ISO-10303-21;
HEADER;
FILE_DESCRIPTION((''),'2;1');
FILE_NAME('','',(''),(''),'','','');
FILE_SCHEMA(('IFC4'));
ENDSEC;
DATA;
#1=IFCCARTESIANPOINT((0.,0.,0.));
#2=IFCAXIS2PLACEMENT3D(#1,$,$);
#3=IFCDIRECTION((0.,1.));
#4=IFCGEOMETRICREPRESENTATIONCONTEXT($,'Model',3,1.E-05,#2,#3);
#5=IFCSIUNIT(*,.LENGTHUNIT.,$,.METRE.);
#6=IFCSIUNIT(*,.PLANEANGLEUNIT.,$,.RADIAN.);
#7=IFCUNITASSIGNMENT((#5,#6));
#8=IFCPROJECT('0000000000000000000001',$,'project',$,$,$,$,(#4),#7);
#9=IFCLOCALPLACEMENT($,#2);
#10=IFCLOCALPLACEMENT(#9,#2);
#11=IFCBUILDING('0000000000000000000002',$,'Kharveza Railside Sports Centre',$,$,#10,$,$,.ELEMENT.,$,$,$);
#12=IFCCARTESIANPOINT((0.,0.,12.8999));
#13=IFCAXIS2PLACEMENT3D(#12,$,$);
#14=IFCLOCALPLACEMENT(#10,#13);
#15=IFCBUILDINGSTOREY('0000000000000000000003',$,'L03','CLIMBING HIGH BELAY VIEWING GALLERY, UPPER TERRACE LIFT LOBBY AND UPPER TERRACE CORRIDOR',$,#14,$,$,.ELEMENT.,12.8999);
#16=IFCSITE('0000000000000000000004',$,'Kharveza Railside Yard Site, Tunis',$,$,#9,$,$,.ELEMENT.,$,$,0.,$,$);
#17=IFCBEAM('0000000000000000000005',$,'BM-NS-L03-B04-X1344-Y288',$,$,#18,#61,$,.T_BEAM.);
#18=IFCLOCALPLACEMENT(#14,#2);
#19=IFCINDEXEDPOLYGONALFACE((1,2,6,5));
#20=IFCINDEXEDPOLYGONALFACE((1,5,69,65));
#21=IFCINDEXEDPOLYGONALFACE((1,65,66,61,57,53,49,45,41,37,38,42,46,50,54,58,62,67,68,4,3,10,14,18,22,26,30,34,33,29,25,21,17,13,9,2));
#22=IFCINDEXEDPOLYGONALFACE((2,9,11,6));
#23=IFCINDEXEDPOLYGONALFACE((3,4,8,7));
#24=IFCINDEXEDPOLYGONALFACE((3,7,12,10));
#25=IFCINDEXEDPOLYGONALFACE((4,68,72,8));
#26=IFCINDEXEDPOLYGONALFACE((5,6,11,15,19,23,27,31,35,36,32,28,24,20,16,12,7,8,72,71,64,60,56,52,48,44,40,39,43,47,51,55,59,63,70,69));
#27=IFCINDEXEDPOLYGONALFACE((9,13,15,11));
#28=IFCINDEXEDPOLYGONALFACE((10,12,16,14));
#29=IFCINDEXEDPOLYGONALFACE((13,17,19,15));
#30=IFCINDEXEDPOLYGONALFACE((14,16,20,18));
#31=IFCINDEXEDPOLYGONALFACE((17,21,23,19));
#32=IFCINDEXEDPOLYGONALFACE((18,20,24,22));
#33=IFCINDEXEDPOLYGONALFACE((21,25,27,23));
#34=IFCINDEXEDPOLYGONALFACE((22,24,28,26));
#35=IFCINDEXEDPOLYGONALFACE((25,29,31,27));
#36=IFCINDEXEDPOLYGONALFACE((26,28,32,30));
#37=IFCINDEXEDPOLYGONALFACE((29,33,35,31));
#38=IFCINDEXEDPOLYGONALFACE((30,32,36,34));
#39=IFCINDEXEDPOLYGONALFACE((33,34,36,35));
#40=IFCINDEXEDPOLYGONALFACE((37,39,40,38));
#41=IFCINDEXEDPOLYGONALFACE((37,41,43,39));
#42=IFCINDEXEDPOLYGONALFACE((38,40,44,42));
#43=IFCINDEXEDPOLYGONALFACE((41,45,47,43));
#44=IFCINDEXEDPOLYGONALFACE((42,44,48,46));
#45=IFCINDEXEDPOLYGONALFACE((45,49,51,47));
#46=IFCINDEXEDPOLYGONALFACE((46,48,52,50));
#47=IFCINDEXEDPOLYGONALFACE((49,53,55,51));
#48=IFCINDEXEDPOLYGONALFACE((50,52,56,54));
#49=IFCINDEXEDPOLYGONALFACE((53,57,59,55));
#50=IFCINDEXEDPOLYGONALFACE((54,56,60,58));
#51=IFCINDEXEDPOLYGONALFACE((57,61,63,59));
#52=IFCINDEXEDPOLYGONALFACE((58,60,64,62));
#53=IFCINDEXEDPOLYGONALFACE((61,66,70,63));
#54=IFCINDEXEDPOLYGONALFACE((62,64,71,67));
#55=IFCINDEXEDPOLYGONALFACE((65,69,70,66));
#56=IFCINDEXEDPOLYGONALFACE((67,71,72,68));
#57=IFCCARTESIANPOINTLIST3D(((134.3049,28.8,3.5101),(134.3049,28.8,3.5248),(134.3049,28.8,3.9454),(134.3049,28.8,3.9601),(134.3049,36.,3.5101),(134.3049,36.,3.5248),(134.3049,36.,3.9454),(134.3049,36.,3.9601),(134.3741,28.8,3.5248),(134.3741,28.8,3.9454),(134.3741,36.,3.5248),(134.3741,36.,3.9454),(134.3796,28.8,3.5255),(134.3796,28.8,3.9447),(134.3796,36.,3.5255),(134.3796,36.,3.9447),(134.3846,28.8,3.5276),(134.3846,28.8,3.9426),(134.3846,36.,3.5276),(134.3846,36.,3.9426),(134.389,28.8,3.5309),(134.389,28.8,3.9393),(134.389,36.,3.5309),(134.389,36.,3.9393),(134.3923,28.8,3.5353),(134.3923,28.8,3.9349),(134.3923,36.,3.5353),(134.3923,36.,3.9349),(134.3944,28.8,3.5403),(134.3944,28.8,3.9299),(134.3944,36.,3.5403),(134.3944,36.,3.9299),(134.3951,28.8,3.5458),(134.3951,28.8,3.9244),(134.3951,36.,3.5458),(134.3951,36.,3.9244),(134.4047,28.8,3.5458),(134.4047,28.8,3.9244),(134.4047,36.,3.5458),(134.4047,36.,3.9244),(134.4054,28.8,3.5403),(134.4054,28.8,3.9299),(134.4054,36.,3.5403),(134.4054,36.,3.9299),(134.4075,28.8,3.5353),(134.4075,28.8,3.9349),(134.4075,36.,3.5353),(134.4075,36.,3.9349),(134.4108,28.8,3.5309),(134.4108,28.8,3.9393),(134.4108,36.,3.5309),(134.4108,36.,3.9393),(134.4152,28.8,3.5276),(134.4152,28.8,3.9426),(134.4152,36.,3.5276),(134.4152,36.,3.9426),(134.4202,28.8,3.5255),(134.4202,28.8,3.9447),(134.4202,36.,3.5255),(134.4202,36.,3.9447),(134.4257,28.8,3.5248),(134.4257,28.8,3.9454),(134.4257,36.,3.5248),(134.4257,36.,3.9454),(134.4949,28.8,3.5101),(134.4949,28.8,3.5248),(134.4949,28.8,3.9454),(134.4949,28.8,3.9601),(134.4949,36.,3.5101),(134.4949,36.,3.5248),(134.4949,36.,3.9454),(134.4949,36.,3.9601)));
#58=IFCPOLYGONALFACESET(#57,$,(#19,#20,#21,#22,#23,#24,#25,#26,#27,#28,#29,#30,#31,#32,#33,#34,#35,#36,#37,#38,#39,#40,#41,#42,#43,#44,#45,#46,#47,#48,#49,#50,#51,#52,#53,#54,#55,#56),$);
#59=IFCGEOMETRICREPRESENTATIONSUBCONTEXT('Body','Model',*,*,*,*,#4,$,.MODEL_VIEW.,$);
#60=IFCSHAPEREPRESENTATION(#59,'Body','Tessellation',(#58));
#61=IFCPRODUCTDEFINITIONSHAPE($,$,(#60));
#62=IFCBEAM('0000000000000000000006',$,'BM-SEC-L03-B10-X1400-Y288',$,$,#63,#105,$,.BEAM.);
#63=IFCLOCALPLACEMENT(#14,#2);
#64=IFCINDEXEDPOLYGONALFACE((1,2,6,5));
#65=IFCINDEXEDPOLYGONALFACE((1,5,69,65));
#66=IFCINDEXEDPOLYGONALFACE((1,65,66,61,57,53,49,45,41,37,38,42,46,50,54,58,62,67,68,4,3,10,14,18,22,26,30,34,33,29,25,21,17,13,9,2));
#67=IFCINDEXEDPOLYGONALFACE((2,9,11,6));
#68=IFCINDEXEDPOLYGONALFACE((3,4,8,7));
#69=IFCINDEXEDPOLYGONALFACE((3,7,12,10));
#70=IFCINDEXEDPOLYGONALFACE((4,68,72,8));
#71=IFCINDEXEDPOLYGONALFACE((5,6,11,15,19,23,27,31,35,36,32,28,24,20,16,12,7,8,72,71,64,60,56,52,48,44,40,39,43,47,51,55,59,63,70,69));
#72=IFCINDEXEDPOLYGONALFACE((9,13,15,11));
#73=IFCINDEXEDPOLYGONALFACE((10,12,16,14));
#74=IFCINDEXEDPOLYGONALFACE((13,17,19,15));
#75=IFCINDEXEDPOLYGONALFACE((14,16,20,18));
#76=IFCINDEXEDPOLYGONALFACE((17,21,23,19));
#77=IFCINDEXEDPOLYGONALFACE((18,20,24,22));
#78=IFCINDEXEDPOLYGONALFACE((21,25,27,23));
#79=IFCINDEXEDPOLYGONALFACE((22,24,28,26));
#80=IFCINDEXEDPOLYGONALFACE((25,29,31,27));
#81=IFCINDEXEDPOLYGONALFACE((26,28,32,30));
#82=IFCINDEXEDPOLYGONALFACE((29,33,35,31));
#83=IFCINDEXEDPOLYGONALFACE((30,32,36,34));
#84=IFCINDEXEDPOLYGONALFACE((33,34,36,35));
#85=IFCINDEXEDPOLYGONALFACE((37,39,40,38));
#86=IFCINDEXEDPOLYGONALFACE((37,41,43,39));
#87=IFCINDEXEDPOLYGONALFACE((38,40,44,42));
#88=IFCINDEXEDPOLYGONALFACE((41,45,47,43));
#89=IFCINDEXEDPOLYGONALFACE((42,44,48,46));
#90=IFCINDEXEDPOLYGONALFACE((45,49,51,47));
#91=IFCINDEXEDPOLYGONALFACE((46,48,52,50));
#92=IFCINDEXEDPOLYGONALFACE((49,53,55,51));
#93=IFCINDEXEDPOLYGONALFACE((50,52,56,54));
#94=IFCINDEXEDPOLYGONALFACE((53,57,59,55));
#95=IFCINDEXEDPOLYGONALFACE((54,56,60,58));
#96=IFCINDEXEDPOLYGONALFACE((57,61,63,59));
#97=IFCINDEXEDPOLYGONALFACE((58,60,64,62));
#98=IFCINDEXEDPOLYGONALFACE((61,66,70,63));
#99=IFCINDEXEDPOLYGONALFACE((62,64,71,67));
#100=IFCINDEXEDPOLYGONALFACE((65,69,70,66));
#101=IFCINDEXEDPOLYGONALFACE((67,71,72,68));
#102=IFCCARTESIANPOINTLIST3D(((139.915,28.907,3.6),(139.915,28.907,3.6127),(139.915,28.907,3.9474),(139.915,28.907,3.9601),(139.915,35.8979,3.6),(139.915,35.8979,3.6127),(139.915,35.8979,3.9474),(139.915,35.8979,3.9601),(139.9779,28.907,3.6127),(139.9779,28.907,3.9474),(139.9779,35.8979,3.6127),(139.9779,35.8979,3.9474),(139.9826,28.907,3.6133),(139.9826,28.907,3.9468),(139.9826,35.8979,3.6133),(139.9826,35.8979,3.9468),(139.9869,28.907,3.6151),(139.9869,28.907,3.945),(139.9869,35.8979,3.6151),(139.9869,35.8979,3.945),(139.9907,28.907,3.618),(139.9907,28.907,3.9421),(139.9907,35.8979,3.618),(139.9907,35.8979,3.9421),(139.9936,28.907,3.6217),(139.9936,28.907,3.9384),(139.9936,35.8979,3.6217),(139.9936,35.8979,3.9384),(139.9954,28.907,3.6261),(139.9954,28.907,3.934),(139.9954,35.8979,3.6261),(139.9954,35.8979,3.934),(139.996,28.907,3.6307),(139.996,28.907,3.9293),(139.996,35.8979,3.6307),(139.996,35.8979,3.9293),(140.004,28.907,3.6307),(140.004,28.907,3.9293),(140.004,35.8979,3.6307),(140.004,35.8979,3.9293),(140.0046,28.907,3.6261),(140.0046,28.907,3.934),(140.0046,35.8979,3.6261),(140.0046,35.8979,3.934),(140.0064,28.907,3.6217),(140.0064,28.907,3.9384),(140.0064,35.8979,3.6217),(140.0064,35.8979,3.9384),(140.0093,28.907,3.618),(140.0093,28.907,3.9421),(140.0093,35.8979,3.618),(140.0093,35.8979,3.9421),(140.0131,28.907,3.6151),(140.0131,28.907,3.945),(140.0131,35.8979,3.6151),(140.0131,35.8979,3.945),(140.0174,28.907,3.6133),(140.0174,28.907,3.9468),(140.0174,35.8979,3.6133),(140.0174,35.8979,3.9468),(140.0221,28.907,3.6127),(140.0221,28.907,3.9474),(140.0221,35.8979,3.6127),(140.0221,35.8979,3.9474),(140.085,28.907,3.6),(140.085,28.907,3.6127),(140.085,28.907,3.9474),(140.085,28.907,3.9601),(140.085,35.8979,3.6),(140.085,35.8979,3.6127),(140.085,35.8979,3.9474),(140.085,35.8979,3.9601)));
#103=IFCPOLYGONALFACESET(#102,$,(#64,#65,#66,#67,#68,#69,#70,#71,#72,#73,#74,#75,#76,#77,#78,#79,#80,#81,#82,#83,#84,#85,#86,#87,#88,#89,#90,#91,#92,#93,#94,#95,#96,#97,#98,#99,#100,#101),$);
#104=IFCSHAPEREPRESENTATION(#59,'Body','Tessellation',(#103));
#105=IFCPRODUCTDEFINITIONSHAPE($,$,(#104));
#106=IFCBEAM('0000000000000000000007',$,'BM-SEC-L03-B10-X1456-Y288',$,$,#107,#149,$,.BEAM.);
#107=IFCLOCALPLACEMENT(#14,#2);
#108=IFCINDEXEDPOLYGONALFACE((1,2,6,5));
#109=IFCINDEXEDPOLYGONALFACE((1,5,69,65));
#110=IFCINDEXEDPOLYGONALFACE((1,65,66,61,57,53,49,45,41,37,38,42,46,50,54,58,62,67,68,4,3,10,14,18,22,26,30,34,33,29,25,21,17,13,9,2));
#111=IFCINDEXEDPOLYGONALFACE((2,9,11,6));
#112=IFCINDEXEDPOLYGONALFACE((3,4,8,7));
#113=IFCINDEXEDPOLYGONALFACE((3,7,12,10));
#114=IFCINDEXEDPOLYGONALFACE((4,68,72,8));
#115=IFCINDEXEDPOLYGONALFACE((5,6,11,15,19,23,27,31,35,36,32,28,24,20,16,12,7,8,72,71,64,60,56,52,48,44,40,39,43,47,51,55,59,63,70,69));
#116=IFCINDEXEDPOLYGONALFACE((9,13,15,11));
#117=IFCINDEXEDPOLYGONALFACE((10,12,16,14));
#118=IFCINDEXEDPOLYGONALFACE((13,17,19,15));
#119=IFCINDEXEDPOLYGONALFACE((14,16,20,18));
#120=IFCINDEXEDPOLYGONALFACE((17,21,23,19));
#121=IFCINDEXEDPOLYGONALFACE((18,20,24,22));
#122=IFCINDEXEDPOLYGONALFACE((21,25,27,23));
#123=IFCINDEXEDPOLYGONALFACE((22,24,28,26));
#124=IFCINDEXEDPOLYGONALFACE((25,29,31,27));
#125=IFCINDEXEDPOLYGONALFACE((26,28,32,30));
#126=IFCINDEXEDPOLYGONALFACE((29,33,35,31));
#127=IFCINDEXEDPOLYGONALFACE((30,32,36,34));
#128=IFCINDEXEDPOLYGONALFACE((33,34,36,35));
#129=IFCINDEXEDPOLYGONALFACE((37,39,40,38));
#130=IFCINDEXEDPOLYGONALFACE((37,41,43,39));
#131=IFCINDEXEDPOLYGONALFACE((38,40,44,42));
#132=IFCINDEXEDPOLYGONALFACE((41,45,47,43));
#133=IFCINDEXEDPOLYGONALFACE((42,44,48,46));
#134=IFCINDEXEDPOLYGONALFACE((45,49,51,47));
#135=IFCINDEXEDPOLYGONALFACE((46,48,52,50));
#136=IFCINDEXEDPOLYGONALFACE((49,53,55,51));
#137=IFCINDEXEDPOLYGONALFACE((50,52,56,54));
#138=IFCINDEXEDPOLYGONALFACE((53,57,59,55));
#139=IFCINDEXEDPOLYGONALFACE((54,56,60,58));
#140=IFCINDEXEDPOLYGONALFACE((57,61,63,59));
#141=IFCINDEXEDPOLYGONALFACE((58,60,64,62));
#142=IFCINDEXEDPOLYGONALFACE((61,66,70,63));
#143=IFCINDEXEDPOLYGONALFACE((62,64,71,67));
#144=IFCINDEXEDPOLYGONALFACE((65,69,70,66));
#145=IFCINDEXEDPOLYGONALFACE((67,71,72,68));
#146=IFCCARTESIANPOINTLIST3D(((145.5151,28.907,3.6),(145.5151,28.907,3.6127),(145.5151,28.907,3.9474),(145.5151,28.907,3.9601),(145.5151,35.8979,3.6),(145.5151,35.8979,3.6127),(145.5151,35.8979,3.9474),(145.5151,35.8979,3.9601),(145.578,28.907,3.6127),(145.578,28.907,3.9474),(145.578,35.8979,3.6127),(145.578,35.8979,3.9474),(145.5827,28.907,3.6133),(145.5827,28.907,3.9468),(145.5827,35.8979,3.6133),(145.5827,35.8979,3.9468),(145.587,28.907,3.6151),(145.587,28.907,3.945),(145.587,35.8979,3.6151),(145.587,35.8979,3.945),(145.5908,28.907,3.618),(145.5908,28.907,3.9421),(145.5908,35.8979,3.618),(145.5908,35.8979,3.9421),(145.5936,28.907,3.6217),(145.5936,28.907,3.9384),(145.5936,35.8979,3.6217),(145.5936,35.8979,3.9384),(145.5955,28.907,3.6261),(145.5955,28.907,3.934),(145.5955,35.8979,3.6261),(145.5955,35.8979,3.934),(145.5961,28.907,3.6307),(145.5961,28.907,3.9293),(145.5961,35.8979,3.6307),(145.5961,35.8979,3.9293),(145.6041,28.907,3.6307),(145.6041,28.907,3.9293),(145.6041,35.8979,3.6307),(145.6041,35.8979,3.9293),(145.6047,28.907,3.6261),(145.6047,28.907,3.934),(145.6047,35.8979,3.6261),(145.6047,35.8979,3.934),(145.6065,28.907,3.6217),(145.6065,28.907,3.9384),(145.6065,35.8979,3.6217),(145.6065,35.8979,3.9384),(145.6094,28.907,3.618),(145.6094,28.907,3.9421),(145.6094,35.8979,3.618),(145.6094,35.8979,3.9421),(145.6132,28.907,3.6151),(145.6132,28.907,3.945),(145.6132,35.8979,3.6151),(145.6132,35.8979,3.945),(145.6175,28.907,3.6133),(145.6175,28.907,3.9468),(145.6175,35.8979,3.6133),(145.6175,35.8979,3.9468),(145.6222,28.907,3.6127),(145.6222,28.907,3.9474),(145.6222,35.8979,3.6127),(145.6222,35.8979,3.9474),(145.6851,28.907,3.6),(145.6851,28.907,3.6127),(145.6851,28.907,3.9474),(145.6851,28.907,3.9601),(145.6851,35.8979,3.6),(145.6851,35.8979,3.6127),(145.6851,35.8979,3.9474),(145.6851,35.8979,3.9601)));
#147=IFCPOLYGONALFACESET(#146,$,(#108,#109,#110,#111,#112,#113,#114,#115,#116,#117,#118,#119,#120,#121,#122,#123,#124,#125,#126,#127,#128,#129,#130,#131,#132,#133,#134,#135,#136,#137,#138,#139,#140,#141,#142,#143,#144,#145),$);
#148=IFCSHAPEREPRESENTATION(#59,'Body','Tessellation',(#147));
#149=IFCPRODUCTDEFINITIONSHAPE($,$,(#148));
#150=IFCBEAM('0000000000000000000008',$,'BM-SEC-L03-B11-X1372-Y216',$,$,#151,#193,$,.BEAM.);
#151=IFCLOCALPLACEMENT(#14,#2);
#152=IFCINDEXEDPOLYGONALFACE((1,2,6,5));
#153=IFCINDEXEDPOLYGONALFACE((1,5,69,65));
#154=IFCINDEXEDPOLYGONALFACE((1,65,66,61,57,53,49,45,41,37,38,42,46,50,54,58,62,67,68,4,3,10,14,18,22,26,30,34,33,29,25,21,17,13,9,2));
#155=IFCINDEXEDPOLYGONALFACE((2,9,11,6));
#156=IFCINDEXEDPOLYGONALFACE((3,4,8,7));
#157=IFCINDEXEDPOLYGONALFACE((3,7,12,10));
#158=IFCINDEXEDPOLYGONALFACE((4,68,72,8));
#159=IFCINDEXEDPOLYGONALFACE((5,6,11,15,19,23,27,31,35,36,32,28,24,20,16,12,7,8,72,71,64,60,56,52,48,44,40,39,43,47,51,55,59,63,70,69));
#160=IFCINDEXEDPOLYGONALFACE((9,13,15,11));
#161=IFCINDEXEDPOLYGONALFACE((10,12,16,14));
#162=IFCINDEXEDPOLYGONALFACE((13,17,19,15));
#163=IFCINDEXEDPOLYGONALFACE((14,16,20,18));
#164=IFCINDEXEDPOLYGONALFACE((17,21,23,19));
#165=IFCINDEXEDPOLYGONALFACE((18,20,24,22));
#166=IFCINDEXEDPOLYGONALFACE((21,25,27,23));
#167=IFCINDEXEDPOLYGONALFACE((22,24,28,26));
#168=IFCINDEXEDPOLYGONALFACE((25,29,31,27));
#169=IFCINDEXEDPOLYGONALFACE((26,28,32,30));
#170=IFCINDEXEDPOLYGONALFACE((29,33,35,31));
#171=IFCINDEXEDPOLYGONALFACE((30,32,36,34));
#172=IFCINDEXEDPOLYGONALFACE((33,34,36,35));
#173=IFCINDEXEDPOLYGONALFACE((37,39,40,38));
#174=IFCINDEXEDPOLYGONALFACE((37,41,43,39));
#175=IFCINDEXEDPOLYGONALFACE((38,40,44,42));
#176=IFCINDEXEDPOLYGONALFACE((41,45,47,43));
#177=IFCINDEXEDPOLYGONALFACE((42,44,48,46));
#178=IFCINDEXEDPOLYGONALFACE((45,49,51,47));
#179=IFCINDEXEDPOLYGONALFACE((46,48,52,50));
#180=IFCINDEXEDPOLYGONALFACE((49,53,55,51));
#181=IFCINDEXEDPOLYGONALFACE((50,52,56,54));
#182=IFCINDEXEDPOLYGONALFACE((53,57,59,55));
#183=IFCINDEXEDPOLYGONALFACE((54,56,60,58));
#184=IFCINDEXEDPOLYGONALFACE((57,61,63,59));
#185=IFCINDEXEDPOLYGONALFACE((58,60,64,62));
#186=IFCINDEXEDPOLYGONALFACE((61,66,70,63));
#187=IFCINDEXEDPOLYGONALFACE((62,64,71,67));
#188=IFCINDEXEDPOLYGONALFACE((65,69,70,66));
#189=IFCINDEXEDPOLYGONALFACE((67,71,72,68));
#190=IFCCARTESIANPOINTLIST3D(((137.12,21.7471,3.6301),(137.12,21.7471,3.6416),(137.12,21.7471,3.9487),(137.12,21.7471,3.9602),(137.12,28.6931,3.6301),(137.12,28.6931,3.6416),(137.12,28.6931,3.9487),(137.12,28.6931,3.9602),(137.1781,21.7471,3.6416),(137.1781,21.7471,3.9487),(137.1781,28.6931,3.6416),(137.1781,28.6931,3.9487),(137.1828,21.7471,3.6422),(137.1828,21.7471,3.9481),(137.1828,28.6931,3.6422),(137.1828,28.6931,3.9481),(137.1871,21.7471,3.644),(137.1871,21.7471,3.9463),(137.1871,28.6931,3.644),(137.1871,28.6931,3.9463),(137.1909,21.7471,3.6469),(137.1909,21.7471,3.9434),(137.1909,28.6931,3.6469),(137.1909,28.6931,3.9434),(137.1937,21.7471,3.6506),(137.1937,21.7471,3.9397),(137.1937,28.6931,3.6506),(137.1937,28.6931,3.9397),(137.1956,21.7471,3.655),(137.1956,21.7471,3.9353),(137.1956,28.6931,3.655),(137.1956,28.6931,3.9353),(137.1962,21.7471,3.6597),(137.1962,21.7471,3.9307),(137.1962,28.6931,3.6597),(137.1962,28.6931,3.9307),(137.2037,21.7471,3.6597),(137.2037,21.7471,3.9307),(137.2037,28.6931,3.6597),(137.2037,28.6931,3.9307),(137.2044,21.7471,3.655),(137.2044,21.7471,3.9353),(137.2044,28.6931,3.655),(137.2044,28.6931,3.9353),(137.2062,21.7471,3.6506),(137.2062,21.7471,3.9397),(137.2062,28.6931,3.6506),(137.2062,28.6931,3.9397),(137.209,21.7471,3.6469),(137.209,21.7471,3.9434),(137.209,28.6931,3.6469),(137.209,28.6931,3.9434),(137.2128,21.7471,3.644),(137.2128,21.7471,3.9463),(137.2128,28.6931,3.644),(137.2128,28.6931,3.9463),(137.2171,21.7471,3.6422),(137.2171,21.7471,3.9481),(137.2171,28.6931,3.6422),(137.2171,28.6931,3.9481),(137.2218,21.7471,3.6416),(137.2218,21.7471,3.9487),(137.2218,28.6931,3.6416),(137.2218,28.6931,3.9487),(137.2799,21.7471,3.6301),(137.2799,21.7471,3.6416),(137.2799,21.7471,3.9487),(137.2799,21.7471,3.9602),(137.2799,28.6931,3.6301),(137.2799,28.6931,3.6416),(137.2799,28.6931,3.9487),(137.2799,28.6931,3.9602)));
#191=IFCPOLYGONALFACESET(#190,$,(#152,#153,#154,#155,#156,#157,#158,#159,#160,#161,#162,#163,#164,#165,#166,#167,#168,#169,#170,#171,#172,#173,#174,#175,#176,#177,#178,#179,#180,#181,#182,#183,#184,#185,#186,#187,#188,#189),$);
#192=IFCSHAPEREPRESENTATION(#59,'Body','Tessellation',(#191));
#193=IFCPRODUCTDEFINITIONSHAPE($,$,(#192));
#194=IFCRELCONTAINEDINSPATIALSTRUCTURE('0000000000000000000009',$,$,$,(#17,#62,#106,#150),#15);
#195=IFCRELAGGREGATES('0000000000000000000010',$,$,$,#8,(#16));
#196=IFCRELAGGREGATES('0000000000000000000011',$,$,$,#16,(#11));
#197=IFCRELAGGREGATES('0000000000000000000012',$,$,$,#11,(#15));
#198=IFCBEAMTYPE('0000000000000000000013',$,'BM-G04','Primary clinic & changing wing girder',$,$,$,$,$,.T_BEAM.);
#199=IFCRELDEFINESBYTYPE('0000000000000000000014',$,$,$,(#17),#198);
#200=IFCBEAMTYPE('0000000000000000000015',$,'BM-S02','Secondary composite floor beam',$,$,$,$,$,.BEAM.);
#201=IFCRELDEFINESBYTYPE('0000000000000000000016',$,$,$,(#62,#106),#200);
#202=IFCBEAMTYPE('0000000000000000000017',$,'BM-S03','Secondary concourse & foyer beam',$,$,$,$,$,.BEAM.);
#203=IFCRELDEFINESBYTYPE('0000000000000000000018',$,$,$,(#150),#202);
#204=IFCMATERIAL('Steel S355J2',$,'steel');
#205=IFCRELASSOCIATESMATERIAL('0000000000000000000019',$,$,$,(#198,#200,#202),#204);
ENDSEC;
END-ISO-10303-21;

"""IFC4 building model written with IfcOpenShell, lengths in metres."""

from ifc_helpers import new_model, si_unit, direction, frame, origin, origin_2d, place, context, subcontext, project, spatial, i_section, extrude, material, material_profile, profile_set, type_object, element, save


model = new_model("IFC4")

# Units and contexts
model_context = context("Model", 3, precision=1e-05, world=origin(), true_north=direction((0.0, 1.0)))
body_context = subcontext(model_context, "Body", "Model", "MODEL_VIEW")
ifc_project = project(units=[si_unit("LENGTHUNIT", "METRE"), si_unit("PLANEANGLEUNIT", "RADIAN")], contexts=[model_context])

# Site, building, storey
site_placement = place(None, origin())
site = spatial("IfcSite", under=ifc_project, at=site_placement, Name="Kharveza Railside Yard Site, Tunis", CompositionType="ELEMENT", RefElevation=0.0)
building_placement = place(site_placement, origin())
building = spatial("IfcBuilding", under=site, at=building_placement, Name="Kharveza Railside Sports Centre", CompositionType="ELEMENT")
storey_placement = place(building_placement, frame((0.0, 0.0, 12.8999)))
storey = spatial("IfcBuildingStorey", under=building, at=storey_placement, Name="L03", Description="CLIMBING HIGH BELAY VIEWING GALLERY, UPPER TERRACE LIFT LOBBY AND UPPER TERRACE CORRIDOR", CompositionType="ELEMENT", Elevation=12.8999)

# Shared definitions
ifc_material_1 = material(Name="Steel S355J2", Category="steel")

# Beams
ifc_material_profile_1 = material_profile(ifc_material_1, i_section(OverallWidth=0.1899, OverallDepth=0.45, WebThickness=0.0095, FlangeThickness=0.0146, FilletRadius=0.021, at=origin_2d()), Name="IPE 450")
ifc_profile_set_1 = profile_set([ifc_material_profile_1], Name="Steel S355J2")
beam_type_1 = type_object("IfcBeamType", Name="BM-G04", Description="Primary clinic & changing wing girder", PredefinedType="T_BEAM", material=ifc_profile_set_1)
beam_1_placement = place(storey_placement, frame((134.3999, 28.8, 3.7351), z_axis=(0.0, 1.0, 0.0), x_axis=(-1.0, 0.0, 0.0)))
element("IfcBeam", 1, at=beam_1_placement, inside=storey, type_object=beam_type_1, Name="BM-NS-L03-B04-X1344-Y288", PredefinedType="T_BEAM", context=body_context, shape_type="SweptSolid", body=[
    extrude(i_section(OverallWidth=0.1899, OverallDepth=0.45, WebThickness=0.0095, FlangeThickness=0.0146, FilletRadius=0.021, at=origin_2d()), origin(), (0.0, 0.0, 1.0), 7.2),
])
ifc_material_profile_2 = material_profile(ifc_material_1, i_section(OverallWidth=0.1699, OverallDepth=0.3601, WebThickness=0.0081, FlangeThickness=0.0127, FilletRadius=0.0181, at=origin_2d()), Name="IPE 360")
ifc_profile_set_2 = profile_set([ifc_material_profile_2], Name="Steel S355J2")
beam_type_2 = type_object("IfcBeamType", Name="BM-S02", Description="Secondary composite floor beam", PredefinedType="BEAM", material=ifc_profile_set_2)
for number, where, z_axis, x_axis, name in (
    (2, (140.0, 28.907, 3.78), (0.0, 1.0, 0.0), (-1.0, 0.0, 0.0), "BM-SEC-L03-B10-X1400-Y288"),
    (3, (145.6001, 28.907, 3.78), (0.0, 1.0, 0.0), (-1.0, 0.0, 0.0), "BM-SEC-L03-B10-X1456-Y288"),
):
    element("IfcBeam", number, at=place(storey_placement, frame(where, z_axis=z_axis, x_axis=x_axis)), inside=storey, type_object=beam_type_2, Name=name, PredefinedType="BEAM", context=body_context, shape_type="SweptSolid", body=[
        extrude(i_section(OverallWidth=0.1699, OverallDepth=0.3601, WebThickness=0.0081, FlangeThickness=0.0127, FilletRadius=0.0181, at=origin_2d()), origin(), (0.0, 0.0, 1.0), 6.991),
    ])
ifc_material_profile_3 = material_profile(ifc_material_1, i_section(OverallWidth=0.1599, OverallDepth=0.3301, WebThickness=0.0076, FlangeThickness=0.0115, FilletRadius=0.0181, at=origin_2d()), Name="IPE 330")
ifc_profile_set_3 = profile_set([ifc_material_profile_3], Name="Steel S355J2")
beam_type_3 = type_object("IfcBeamType", Name="BM-S03", Description="Secondary concourse & foyer beam", PredefinedType="BEAM", material=ifc_profile_set_3)
beam_2_placement = place(storey_placement, frame((137.2, 21.7471, 3.7952), z_axis=(0.0, 1.0, 0.0), x_axis=(-1.0, 0.0, 0.0)))
element("IfcBeam", 4, at=beam_2_placement, inside=storey, type_object=beam_type_3, Name="BM-SEC-L03-B11-X1372-Y216", PredefinedType="BEAM", context=body_context, shape_type="SweptSolid", body=[
    extrude(i_section(OverallWidth=0.1599, OverallDepth=0.3301, WebThickness=0.0076, FlangeThickness=0.0115, FilletRadius=0.0181, at=origin_2d()), origin(), (0.0, 0.0, 1.0), 6.946),
])

save(model, "model.ifc")
